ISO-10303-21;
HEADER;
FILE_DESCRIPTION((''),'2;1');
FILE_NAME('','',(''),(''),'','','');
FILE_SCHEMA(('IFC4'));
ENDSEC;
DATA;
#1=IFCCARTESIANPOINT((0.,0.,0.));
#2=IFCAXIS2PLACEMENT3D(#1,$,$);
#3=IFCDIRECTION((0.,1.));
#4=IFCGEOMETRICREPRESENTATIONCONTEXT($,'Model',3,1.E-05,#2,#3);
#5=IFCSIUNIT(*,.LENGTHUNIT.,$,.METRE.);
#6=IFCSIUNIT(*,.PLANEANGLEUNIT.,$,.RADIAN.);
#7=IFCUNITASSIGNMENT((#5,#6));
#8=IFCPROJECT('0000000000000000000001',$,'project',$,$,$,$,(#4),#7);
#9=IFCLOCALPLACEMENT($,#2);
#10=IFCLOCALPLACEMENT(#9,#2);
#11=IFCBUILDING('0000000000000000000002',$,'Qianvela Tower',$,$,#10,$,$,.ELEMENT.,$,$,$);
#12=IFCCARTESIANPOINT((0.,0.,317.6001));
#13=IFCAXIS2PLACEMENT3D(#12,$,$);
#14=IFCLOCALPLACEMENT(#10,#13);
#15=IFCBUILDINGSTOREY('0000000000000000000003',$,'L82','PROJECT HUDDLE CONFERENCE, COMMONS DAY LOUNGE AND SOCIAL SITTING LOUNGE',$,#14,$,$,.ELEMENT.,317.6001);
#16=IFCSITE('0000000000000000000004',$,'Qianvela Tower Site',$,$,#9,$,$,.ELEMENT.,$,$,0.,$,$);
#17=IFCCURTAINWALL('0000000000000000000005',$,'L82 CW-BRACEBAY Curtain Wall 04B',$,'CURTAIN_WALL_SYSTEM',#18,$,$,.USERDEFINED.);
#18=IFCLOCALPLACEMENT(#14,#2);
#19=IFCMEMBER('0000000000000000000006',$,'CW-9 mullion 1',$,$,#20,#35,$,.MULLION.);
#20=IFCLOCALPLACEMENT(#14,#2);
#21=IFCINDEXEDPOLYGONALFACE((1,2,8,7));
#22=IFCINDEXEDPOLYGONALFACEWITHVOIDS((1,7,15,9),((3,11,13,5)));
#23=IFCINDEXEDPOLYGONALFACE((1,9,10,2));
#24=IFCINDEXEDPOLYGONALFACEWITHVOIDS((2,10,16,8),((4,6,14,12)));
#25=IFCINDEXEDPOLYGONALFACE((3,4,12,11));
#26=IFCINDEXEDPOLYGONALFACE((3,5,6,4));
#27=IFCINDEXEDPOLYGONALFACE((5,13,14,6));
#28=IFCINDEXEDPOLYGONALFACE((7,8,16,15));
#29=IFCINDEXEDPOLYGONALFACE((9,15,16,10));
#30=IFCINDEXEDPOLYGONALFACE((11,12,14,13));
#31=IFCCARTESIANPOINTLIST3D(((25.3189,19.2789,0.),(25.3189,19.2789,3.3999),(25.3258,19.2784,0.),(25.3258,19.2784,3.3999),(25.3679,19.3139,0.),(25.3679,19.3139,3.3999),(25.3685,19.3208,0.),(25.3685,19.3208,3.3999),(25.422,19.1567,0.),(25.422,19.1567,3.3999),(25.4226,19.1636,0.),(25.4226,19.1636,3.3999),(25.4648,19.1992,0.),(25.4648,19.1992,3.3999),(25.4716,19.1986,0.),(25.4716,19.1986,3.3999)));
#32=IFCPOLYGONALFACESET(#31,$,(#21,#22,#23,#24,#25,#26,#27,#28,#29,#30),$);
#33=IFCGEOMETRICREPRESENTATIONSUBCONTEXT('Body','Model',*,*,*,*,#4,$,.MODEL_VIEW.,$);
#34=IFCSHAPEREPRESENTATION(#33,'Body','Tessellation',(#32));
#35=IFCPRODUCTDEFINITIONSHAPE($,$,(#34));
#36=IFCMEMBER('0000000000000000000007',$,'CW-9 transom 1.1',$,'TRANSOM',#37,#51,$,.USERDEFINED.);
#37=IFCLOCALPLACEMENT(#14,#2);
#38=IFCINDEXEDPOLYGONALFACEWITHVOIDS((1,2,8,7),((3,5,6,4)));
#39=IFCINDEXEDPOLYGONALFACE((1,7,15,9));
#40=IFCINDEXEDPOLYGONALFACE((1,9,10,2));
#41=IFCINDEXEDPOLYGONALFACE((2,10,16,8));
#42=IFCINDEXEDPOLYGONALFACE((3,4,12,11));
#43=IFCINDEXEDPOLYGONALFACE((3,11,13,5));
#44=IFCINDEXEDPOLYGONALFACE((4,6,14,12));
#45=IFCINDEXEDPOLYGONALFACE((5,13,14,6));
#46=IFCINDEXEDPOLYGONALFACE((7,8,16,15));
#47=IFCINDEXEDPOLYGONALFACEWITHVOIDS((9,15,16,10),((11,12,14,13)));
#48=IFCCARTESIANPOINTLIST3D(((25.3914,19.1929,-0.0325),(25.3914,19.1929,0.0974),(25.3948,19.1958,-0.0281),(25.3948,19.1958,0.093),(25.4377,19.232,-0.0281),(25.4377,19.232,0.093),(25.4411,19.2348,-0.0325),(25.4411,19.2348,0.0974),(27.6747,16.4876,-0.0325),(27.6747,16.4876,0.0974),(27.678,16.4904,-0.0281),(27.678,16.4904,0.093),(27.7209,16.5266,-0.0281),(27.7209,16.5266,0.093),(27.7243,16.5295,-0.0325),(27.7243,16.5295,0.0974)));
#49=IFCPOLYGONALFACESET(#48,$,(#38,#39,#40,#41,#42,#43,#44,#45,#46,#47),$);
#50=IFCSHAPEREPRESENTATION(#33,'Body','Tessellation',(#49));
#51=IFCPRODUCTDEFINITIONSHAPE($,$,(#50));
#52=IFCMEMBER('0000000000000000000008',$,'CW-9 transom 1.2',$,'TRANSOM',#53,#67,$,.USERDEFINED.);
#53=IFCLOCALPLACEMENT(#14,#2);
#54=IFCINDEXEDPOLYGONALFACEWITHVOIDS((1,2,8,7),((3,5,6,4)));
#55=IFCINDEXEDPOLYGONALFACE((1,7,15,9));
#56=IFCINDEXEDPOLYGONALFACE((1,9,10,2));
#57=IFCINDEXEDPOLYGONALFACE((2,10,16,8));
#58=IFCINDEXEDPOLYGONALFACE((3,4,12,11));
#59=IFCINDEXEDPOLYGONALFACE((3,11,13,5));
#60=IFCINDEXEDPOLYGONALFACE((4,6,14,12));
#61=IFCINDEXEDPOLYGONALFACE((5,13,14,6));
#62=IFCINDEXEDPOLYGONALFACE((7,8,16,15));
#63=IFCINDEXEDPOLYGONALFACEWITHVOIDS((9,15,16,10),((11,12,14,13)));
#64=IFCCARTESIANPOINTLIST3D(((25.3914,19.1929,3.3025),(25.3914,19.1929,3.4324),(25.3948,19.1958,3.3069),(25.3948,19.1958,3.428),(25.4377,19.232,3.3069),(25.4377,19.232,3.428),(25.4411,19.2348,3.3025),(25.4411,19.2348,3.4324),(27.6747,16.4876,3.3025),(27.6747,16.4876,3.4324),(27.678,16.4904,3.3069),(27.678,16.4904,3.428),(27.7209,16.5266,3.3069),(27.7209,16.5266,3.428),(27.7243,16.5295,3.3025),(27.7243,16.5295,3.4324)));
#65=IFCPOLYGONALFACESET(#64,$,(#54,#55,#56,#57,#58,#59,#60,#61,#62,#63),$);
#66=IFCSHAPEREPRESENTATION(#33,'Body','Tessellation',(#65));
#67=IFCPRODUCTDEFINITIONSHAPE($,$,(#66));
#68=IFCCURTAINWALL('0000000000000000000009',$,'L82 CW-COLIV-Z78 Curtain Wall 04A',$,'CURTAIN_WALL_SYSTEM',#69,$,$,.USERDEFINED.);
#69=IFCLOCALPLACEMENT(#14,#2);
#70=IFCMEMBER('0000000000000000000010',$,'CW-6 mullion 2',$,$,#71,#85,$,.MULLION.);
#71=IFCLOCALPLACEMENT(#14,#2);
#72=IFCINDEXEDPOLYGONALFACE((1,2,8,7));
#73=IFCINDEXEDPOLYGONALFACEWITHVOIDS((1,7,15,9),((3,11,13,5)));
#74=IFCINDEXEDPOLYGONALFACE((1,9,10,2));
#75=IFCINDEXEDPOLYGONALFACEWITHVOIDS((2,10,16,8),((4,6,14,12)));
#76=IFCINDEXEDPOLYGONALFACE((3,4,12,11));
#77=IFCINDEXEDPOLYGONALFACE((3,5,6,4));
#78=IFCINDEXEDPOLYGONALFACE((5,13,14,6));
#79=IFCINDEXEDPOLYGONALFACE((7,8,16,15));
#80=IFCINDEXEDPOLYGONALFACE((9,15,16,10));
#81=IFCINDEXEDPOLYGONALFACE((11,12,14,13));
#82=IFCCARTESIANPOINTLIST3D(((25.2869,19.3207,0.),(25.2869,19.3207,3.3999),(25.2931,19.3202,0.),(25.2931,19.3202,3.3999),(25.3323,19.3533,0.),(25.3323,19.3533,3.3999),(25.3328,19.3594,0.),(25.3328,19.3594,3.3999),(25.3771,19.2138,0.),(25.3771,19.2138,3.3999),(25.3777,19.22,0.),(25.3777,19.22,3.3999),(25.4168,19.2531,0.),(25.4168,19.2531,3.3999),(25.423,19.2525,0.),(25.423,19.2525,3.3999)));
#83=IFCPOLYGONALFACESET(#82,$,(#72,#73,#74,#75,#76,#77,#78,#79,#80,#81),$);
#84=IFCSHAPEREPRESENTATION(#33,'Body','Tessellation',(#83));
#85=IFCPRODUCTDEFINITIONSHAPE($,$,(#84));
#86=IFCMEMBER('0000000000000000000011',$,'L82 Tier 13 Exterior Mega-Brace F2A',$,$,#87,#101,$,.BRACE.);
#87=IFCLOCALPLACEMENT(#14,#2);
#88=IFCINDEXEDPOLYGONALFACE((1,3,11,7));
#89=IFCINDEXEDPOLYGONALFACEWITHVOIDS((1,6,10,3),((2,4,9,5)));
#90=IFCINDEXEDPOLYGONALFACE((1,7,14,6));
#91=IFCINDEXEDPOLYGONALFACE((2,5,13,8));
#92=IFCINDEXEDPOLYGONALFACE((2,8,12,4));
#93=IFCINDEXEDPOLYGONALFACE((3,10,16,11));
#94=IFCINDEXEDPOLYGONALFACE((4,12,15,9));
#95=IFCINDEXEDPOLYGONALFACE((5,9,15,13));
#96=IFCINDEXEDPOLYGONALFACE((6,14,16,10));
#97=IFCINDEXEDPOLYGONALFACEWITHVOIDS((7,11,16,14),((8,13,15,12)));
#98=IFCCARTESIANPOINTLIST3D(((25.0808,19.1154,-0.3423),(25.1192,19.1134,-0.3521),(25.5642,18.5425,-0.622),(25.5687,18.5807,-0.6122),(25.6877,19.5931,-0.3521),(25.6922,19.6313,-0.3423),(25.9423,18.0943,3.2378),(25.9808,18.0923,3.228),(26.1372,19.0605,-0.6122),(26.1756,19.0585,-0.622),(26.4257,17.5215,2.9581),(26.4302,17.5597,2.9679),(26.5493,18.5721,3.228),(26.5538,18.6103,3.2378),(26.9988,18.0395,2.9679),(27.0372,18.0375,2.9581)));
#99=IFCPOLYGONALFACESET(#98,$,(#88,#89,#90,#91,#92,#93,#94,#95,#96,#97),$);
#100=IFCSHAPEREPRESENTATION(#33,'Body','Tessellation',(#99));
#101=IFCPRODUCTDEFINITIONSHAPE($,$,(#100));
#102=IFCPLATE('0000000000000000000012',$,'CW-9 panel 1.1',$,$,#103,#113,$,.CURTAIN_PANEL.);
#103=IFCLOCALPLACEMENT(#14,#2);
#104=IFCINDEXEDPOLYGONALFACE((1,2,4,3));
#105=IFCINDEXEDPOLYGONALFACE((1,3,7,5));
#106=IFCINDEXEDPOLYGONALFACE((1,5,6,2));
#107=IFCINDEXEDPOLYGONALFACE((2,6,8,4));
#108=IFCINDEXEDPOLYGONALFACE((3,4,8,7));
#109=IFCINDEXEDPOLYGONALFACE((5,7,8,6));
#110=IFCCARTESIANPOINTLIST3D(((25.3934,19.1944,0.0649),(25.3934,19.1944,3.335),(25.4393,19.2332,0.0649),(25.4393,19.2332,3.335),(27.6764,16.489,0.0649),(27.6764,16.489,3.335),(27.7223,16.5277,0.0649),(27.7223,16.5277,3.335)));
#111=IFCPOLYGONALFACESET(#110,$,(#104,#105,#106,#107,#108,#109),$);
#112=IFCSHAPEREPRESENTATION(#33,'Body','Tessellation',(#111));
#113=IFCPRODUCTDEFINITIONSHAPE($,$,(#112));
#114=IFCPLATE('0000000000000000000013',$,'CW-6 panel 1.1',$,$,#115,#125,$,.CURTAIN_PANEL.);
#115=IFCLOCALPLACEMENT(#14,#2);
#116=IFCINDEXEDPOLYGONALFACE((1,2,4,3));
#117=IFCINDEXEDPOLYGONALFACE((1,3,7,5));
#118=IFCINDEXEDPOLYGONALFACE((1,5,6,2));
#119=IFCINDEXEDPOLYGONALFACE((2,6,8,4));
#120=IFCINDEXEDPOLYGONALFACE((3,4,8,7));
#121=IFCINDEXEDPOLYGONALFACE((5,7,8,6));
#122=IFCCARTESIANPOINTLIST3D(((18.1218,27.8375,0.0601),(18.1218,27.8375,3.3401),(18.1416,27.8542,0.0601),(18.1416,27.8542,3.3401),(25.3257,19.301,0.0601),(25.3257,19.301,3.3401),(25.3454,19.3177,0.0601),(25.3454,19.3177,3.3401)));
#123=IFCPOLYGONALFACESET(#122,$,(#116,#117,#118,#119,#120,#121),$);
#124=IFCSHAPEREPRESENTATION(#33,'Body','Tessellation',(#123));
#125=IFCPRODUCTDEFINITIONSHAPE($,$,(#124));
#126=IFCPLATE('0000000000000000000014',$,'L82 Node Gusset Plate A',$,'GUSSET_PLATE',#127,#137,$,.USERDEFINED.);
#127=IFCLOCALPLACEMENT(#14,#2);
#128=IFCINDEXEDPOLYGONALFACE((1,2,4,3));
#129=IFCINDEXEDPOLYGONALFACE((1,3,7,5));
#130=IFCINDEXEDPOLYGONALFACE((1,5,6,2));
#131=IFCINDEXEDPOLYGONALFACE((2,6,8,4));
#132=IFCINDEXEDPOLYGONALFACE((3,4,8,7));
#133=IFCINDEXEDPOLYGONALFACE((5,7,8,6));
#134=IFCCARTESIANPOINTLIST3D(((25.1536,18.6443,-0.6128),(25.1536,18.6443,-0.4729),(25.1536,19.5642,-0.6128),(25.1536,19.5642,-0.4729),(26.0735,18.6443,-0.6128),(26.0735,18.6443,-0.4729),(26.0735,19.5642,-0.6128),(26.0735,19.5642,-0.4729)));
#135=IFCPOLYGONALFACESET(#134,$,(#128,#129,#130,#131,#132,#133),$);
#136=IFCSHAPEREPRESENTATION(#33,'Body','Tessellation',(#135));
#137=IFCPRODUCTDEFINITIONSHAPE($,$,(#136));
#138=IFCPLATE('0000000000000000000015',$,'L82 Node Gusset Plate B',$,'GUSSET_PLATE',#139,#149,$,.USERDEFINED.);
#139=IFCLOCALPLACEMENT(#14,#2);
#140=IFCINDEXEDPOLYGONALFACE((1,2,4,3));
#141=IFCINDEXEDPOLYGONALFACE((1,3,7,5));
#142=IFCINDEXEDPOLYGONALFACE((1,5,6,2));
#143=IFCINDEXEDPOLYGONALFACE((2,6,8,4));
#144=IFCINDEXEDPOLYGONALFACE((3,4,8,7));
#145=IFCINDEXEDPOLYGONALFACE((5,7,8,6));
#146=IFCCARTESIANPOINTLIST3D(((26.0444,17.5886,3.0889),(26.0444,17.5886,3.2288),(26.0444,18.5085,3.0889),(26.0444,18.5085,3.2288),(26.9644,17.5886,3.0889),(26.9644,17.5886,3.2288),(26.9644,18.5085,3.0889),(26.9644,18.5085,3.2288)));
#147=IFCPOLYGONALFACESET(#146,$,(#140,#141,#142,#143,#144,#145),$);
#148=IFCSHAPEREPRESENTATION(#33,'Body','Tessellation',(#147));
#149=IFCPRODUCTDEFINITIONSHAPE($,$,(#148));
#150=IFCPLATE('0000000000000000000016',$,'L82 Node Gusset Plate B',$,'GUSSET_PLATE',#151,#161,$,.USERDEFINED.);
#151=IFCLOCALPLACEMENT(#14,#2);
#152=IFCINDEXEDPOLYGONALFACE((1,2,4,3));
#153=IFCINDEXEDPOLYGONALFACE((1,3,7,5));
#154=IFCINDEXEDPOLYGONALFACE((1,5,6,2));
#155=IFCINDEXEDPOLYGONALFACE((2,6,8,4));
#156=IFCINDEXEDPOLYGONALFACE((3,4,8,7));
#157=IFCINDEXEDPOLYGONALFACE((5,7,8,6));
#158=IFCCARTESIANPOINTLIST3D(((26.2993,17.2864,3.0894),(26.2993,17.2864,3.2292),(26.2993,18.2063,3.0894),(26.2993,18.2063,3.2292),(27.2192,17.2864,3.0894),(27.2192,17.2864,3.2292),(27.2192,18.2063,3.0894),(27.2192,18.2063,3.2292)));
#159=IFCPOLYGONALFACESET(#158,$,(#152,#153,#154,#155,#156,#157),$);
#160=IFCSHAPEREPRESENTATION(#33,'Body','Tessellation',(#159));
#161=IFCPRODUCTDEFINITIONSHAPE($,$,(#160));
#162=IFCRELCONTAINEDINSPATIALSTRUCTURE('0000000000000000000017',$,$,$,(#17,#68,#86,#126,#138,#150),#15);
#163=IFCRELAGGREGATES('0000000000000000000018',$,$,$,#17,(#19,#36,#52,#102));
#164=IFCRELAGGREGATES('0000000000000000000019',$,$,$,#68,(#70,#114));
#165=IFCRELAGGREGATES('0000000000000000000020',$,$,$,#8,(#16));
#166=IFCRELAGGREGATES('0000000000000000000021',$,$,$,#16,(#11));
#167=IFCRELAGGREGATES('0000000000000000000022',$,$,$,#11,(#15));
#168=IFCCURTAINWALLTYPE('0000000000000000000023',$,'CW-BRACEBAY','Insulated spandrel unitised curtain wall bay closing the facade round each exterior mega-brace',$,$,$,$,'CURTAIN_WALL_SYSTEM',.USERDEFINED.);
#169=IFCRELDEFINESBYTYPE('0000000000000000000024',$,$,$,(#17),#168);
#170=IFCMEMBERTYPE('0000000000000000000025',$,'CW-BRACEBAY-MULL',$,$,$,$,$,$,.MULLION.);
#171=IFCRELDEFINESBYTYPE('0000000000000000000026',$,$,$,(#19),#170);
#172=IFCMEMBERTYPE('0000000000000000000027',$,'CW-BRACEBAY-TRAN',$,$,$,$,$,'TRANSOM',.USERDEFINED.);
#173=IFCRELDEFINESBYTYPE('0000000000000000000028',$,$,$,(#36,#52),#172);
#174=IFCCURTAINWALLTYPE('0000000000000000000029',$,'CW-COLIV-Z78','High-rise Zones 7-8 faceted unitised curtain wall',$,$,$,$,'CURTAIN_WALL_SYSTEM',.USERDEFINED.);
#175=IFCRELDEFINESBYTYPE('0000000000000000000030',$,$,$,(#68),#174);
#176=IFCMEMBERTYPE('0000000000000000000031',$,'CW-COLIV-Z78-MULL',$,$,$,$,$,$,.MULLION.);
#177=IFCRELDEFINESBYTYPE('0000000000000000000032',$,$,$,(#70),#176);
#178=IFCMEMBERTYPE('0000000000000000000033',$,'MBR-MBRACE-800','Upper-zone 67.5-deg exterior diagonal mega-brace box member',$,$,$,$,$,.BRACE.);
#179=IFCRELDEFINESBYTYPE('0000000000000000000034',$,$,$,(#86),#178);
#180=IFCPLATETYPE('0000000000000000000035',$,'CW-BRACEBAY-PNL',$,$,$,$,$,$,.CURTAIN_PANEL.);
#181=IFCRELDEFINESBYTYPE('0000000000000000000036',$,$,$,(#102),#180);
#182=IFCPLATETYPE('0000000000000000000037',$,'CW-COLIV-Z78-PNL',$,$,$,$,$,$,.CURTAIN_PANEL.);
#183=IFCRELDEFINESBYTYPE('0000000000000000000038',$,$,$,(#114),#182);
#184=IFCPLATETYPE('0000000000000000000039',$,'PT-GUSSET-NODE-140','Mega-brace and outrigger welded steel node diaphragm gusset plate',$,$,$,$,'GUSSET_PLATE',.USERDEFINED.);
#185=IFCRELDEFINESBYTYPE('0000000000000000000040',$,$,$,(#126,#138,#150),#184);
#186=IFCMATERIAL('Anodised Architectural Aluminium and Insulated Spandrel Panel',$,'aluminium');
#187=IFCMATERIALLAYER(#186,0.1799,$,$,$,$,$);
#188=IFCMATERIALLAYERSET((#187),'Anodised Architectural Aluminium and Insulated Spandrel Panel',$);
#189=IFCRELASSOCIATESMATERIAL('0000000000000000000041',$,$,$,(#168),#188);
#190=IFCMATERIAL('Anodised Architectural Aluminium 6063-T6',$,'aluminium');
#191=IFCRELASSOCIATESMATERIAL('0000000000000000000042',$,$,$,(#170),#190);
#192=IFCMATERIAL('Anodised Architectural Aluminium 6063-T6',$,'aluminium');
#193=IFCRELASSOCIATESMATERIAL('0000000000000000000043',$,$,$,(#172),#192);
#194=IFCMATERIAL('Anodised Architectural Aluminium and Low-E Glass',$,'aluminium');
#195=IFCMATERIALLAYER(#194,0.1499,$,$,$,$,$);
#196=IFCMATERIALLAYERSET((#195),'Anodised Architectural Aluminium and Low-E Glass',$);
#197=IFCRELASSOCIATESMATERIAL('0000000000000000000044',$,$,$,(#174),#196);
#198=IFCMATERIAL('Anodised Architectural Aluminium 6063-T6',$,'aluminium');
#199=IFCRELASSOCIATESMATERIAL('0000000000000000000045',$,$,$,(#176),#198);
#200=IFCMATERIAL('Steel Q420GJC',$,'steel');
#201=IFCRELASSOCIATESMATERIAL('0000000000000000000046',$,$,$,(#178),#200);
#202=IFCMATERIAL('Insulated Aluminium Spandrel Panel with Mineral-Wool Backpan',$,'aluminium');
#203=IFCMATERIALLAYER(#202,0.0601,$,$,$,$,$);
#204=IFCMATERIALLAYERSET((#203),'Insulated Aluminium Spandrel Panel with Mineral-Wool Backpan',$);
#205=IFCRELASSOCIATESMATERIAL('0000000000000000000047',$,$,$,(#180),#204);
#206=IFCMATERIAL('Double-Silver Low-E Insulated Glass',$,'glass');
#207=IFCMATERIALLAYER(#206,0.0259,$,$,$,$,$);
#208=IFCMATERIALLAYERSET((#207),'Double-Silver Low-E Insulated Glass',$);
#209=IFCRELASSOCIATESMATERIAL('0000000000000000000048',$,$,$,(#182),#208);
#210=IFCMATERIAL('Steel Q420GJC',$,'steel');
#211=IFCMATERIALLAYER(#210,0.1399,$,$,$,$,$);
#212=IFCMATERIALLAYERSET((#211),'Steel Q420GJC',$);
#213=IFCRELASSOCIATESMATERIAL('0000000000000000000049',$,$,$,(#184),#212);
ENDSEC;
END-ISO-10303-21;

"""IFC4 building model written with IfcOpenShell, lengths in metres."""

from ifc_helpers import new_model, si_unit, direction, frame, origin, origin_2d, place, context, subcontext, project, spatial, rectangle, hollow_rectangle, extrude, material, layer, layer_set, material_profile, profile_set, type_object, element, aggregate, save


model = new_model("IFC4")

# Units and contexts
model_context = context("Model", 3, precision=1e-05, world=origin(), true_north=direction((0.0, 1.0)))
body_context = subcontext(model_context, "Body", "Model", "MODEL_VIEW")
ifc_project = project(units=[si_unit("LENGTHUNIT", "METRE"), si_unit("PLANEANGLEUNIT", "RADIAN")], contexts=[model_context])

# Site, building, storey
site_placement = place(None, origin())
site = spatial("IfcSite", under=ifc_project, at=site_placement, Name="Qianvela Tower Site", CompositionType="ELEMENT", RefElevation=0.0)
building_placement = place(site_placement, origin())
building = spatial("IfcBuilding", under=site, at=building_placement, Name="Qianvela Tower", CompositionType="ELEMENT")
storey_placement = place(building_placement, frame((0.0, 0.0, 317.6001)))
storey = spatial("IfcBuildingStorey", under=building, at=storey_placement, Name="L82", Description="PROJECT HUDDLE CONFERENCE, COMMONS DAY LOUNGE AND SOCIAL SITTING LOUNGE", CompositionType="ELEMENT", Elevation=317.6001)

# Curtain wall, members
ifc_material_1 = material(Name="Anodised Architectural Aluminium and Insulated Spandrel Panel", Category="aluminium")
ifc_layer_1 = layer(ifc_material_1, 0.1799)
ifc_layer_set_1 = layer_set([ifc_layer_1], Name="Anodised Architectural Aluminium and Insulated Spandrel Panel")
curtain_wall_type_1 = type_object("IfcCurtainWallType", Name="CW-BRACEBAY", Description="Insulated spandrel unitised curtain wall bay closing the facade round each exterior mega-brace", ElementType="CURTAIN_WALL_SYSTEM", PredefinedType="USERDEFINED", material=ifc_layer_set_1)
curtain_wall_1_placement = place(storey_placement, origin())
curtain_wall_1 = element("IfcCurtainWall", 1, at=curtain_wall_1_placement, inside=storey, type_object=curtain_wall_type_1, Name="L82 CW-BRACEBAY Curtain Wall 04B", ObjectType="CURTAIN_WALL_SYSTEM", PredefinedType="USERDEFINED")
ifc_material_2 = material(Name="Anodised Architectural Aluminium 6063-T6", Category="aluminium")
ifc_material_profile_1 = material_profile(ifc_material_2, hollow_rectangle(XDim=0.0649, YDim=0.1599, WallThickness=0.0049, at=origin_2d()), Name="ALU-MULL-65x160")
ifc_profile_set_1 = profile_set([ifc_material_profile_1], Name="Anodised Architectural Aluminium 6063-T6")
member_type_1 = type_object("IfcMemberType", Name="CW-BRACEBAY-MULL", PredefinedType="MULLION", material=ifc_profile_set_1)
member_1_placement = place(storey_placement, frame((25.3953, 19.2388, 0.0), z_axis=(0.0, 0.0, 1.0), x_axis=(0.764244, 0.644927, 0.0)))
member_1 = element("IfcMember", 2, at=member_1_placement, type_object=member_type_1, Name="CW-9 mullion 1", PredefinedType="MULLION", context=body_context, shape_type="SweptSolid", body=[
    extrude(hollow_rectangle(XDim=0.0649, YDim=0.1599, WallThickness=0.0049, at=origin_2d()), origin(), (0.0, 0.0, 1.0), 3.3999),
])
ifc_material_3 = material(Name="Anodised Architectural Aluminium 6063-T6", Category="aluminium")
ifc_material_profile_2 = material_profile(ifc_material_3, hollow_rectangle(XDim=0.0649, YDim=0.1299, WallThickness=0.0044, at=origin_2d()), Name="ALU-TRAN-65x130")
ifc_profile_set_2 = profile_set([ifc_material_profile_2], Name="Anodised Architectural Aluminium 6063-T6")
member_type_2 = type_object("IfcMemberType", Name="CW-BRACEBAY-TRAN", ElementType="TRANSOM", PredefinedType="USERDEFINED", material=ifc_profile_set_2)
member_2_placement = place(storey_placement, frame((25.4163, 19.2139, 0.0325), z_axis=(0.644968, -0.76421, 0.0), x_axis=(0.76421, 0.644968, 0.0)))
member_2 = element("IfcMember", 3, at=member_2_placement, type_object=member_type_2, Name="CW-9 transom 1.1", ObjectType="TRANSOM", PredefinedType="USERDEFINED", context=body_context, shape_type="SweptSolid", body=[
    extrude(hollow_rectangle(XDim=0.0649, YDim=0.1299, WallThickness=0.0044, at=origin_2d()), origin(), (0.0, 0.0, 1.0), 3.54),
])
member_3_placement = place(storey_placement, frame((25.4163, 19.2139, 3.3674), z_axis=(0.644968, -0.76421, 0.0), x_axis=(0.76421, 0.644968, 0.0)))
member_3 = element("IfcMember", 4, at=member_3_placement, type_object=member_type_2, Name="CW-9 transom 1.2", ObjectType="TRANSOM", PredefinedType="USERDEFINED", context=body_context, shape_type="SweptSolid", body=[
    extrude(hollow_rectangle(XDim=0.0649, YDim=0.1299, WallThickness=0.0044, at=origin_2d()), origin(), (0.0, 0.0, 1.0), 3.54),
])

# Curtain wall, member
ifc_material_4 = material(Name="Anodised Architectural Aluminium and Low-E Glass", Category="aluminium")
ifc_layer_2 = layer(ifc_material_4, 0.1499)
ifc_layer_set_2 = layer_set([ifc_layer_2], Name="Anodised Architectural Aluminium and Low-E Glass")
curtain_wall_type_2 = type_object("IfcCurtainWallType", Name="CW-COLIV-Z78", Description="High-rise Zones 7-8 faceted unitised curtain wall", ElementType="CURTAIN_WALL_SYSTEM", PredefinedType="USERDEFINED", material=ifc_layer_set_2)
curtain_wall_2_placement = place(storey_placement, origin())
curtain_wall_2 = element("IfcCurtainWall", 5, at=curtain_wall_2_placement, inside=storey, type_object=curtain_wall_type_2, Name="L82 CW-COLIV-Z78 Curtain Wall 04A", ObjectType="CURTAIN_WALL_SYSTEM", PredefinedType="USERDEFINED")
ifc_material_5 = material(Name="Anodised Architectural Aluminium 6063-T6", Category="aluminium")
ifc_material_profile_3 = material_profile(ifc_material_5, hollow_rectangle(XDim=0.0601, YDim=0.1399, WallThickness=0.0044, at=origin_2d()), Name="ALU-MULL-60x140")
ifc_profile_set_3 = profile_set([ifc_material_profile_3], Name="Anodised Architectural Aluminium 6063-T6")
member_type_3 = type_object("IfcMemberType", Name="CW-COLIV-Z78-MULL", PredefinedType="MULLION", material=ifc_profile_set_3)
member_4_placement = place(storey_placement, frame((25.355, 19.2866, 0.0), z_axis=(0.0, 0.0, 1.0), x_axis=(0.76424, 0.644932, 0.0)))
member_4 = element("IfcMember", 6, at=member_4_placement, type_object=member_type_3, Name="CW-6 mullion 2", PredefinedType="MULLION", context=body_context, shape_type="SweptSolid", body=[
    extrude(hollow_rectangle(XDim=0.0601, YDim=0.1399, WallThickness=0.0044, at=origin_2d()), origin(), (0.0, 0.0, 1.0), 3.3999),
])

# Member
ifc_material_6 = material(Name="Steel Q420GJC", Category="steel")
ifc_material_profile_4 = material_profile(ifc_material_6, hollow_rectangle(XDim=0.8, YDim=0.8, WallThickness=0.0281, at=origin_2d()), Name="MBOX-800x800x28")
ifc_profile_set_4 = profile_set([ifc_material_profile_4], Name="Steel Q420GJC")
member_type_4 = type_object("IfcMemberType", Name="MBR-MBRACE-800", Description="Upper-zone 67.5-deg exterior diagonal mega-brace box member", PredefinedType="BRACE", material=ifc_profile_set_4)
member_5_placement = place(storey_placement, frame((25.6282, 19.0869, -0.4822), z_axis=(0.225471, -0.267191, 0.936895), x_axis=(0.764252, 0.644918, 0.0)))
element("IfcMember", 7, at=member_5_placement, inside=storey, type_object=member_type_4, Name="L82 Tier 13 Exterior Mega-Brace F2A", PredefinedType="BRACE", context=body_context, shape_type="SweptSolid", body=[
    extrude(hollow_rectangle(XDim=0.8, YDim=0.8, WallThickness=0.0281, at=origin_2d()), origin(), (0.0, 0.0, 1.0), 3.8213),
])

# Plates
ifc_material_7 = material(Name="Insulated Aluminium Spandrel Panel with Mineral-Wool Backpan", Category="aluminium")
ifc_layer_3 = layer(ifc_material_7, 0.0601)
ifc_layer_set_3 = layer_set([ifc_layer_3], Name="Insulated Aluminium Spandrel Panel with Mineral-Wool Backpan")
plate_type_1 = type_object("IfcPlateType", Name="CW-BRACEBAY-PNL", PredefinedType="CURTAIN_PANEL", material=ifc_layer_set_3)
plate_1_placement = place(storey_placement, frame((26.5579, 17.8611, 0.0649), z_axis=(0.0, 0.0, 1.0), x_axis=(0.644927, -0.764244, 0.0)))
plate_1 = element("IfcPlate", 8, at=plate_1_placement, type_object=plate_type_1, Name="CW-9 panel 1.1", PredefinedType="CURTAIN_PANEL", context=body_context, shape_type="SweptSolid", body=[
    extrude(rectangle(XDim=3.54, YDim=0.0601, at=origin_2d()), origin(), (0.0, 0.0, 1.0), 3.27),
])
aggregate(curtain_wall_1, [member_1, member_2, member_3, plate_1])
ifc_material_8 = material(Name="Double-Silver Low-E Insulated Glass", Category="glass")
ifc_layer_4 = layer(ifc_material_8, 0.0259)
ifc_layer_set_4 = layer_set([ifc_layer_4], Name="Double-Silver Low-E Insulated Glass")
plate_type_2 = type_object("IfcPlateType", Name="CW-COLIV-Z78-PNL", PredefinedType="CURTAIN_PANEL", material=ifc_layer_set_4)
plate_2_placement = place(storey_placement, frame((21.7336, 23.5776, 0.0601), z_axis=(0.0, 0.0, 1.0), x_axis=(0.644932, -0.76424, 0.0)))
plate_2 = element("IfcPlate", 9, at=plate_2_placement, type_object=plate_type_2, Name="CW-6 panel 1.1", PredefinedType="CURTAIN_PANEL", context=body_context, shape_type="SweptSolid", body=[
    extrude(rectangle(XDim=11.1699, YDim=0.0259, at=origin_2d()), origin(), (0.0, 0.0, 1.0), 3.28),
])
aggregate(curtain_wall_2, [member_4, plate_2])

# Plates
ifc_material_9 = material(Name="Steel Q420GJC", Category="steel")
ifc_layer_5 = layer(ifc_material_9, 0.1399)
ifc_layer_set_5 = layer_set([ifc_layer_5], Name="Steel Q420GJC")
plate_type_3 = type_object("IfcPlateType", Name="PT-GUSSET-NODE-140", Description="Mega-brace and outrigger welded steel node diaphragm gusset plate", ElementType="GUSSET_PLATE", PredefinedType="USERDEFINED", material=ifc_layer_set_5)
for number, where, z_axis, x_axis, name in (
    (10, (25.6135, 19.1042, -0.6128), (0.0, 0.0, 1.0), (1.0, 0.0, 0.0), "L82 Node Gusset Plate A"),
    (11, (26.5044, 18.0486, 3.0889), (0.0, 0.0, 1.0), (1.0, 0.0, 0.0), "L82 Node Gusset Plate B"),
    (12, (26.7593, 17.7463, 3.0894), (0.0, 0.0, 1.0), (1.0, 0.0, 0.0), "L82 Node Gusset Plate B"),
):
    element("IfcPlate", number, at=place(storey_placement, frame(where, z_axis=z_axis, x_axis=x_axis)), inside=storey, type_object=plate_type_3, Name=name, ObjectType="GUSSET_PLATE", PredefinedType="USERDEFINED", context=body_context, shape_type="SweptSolid", body=[
        extrude(rectangle(XDim=0.9199, YDim=0.9199, at=origin_2d()), origin(), (0.0, 0.0, 1.0), 0.1399),
    ])

save(model, "model.ifc")
